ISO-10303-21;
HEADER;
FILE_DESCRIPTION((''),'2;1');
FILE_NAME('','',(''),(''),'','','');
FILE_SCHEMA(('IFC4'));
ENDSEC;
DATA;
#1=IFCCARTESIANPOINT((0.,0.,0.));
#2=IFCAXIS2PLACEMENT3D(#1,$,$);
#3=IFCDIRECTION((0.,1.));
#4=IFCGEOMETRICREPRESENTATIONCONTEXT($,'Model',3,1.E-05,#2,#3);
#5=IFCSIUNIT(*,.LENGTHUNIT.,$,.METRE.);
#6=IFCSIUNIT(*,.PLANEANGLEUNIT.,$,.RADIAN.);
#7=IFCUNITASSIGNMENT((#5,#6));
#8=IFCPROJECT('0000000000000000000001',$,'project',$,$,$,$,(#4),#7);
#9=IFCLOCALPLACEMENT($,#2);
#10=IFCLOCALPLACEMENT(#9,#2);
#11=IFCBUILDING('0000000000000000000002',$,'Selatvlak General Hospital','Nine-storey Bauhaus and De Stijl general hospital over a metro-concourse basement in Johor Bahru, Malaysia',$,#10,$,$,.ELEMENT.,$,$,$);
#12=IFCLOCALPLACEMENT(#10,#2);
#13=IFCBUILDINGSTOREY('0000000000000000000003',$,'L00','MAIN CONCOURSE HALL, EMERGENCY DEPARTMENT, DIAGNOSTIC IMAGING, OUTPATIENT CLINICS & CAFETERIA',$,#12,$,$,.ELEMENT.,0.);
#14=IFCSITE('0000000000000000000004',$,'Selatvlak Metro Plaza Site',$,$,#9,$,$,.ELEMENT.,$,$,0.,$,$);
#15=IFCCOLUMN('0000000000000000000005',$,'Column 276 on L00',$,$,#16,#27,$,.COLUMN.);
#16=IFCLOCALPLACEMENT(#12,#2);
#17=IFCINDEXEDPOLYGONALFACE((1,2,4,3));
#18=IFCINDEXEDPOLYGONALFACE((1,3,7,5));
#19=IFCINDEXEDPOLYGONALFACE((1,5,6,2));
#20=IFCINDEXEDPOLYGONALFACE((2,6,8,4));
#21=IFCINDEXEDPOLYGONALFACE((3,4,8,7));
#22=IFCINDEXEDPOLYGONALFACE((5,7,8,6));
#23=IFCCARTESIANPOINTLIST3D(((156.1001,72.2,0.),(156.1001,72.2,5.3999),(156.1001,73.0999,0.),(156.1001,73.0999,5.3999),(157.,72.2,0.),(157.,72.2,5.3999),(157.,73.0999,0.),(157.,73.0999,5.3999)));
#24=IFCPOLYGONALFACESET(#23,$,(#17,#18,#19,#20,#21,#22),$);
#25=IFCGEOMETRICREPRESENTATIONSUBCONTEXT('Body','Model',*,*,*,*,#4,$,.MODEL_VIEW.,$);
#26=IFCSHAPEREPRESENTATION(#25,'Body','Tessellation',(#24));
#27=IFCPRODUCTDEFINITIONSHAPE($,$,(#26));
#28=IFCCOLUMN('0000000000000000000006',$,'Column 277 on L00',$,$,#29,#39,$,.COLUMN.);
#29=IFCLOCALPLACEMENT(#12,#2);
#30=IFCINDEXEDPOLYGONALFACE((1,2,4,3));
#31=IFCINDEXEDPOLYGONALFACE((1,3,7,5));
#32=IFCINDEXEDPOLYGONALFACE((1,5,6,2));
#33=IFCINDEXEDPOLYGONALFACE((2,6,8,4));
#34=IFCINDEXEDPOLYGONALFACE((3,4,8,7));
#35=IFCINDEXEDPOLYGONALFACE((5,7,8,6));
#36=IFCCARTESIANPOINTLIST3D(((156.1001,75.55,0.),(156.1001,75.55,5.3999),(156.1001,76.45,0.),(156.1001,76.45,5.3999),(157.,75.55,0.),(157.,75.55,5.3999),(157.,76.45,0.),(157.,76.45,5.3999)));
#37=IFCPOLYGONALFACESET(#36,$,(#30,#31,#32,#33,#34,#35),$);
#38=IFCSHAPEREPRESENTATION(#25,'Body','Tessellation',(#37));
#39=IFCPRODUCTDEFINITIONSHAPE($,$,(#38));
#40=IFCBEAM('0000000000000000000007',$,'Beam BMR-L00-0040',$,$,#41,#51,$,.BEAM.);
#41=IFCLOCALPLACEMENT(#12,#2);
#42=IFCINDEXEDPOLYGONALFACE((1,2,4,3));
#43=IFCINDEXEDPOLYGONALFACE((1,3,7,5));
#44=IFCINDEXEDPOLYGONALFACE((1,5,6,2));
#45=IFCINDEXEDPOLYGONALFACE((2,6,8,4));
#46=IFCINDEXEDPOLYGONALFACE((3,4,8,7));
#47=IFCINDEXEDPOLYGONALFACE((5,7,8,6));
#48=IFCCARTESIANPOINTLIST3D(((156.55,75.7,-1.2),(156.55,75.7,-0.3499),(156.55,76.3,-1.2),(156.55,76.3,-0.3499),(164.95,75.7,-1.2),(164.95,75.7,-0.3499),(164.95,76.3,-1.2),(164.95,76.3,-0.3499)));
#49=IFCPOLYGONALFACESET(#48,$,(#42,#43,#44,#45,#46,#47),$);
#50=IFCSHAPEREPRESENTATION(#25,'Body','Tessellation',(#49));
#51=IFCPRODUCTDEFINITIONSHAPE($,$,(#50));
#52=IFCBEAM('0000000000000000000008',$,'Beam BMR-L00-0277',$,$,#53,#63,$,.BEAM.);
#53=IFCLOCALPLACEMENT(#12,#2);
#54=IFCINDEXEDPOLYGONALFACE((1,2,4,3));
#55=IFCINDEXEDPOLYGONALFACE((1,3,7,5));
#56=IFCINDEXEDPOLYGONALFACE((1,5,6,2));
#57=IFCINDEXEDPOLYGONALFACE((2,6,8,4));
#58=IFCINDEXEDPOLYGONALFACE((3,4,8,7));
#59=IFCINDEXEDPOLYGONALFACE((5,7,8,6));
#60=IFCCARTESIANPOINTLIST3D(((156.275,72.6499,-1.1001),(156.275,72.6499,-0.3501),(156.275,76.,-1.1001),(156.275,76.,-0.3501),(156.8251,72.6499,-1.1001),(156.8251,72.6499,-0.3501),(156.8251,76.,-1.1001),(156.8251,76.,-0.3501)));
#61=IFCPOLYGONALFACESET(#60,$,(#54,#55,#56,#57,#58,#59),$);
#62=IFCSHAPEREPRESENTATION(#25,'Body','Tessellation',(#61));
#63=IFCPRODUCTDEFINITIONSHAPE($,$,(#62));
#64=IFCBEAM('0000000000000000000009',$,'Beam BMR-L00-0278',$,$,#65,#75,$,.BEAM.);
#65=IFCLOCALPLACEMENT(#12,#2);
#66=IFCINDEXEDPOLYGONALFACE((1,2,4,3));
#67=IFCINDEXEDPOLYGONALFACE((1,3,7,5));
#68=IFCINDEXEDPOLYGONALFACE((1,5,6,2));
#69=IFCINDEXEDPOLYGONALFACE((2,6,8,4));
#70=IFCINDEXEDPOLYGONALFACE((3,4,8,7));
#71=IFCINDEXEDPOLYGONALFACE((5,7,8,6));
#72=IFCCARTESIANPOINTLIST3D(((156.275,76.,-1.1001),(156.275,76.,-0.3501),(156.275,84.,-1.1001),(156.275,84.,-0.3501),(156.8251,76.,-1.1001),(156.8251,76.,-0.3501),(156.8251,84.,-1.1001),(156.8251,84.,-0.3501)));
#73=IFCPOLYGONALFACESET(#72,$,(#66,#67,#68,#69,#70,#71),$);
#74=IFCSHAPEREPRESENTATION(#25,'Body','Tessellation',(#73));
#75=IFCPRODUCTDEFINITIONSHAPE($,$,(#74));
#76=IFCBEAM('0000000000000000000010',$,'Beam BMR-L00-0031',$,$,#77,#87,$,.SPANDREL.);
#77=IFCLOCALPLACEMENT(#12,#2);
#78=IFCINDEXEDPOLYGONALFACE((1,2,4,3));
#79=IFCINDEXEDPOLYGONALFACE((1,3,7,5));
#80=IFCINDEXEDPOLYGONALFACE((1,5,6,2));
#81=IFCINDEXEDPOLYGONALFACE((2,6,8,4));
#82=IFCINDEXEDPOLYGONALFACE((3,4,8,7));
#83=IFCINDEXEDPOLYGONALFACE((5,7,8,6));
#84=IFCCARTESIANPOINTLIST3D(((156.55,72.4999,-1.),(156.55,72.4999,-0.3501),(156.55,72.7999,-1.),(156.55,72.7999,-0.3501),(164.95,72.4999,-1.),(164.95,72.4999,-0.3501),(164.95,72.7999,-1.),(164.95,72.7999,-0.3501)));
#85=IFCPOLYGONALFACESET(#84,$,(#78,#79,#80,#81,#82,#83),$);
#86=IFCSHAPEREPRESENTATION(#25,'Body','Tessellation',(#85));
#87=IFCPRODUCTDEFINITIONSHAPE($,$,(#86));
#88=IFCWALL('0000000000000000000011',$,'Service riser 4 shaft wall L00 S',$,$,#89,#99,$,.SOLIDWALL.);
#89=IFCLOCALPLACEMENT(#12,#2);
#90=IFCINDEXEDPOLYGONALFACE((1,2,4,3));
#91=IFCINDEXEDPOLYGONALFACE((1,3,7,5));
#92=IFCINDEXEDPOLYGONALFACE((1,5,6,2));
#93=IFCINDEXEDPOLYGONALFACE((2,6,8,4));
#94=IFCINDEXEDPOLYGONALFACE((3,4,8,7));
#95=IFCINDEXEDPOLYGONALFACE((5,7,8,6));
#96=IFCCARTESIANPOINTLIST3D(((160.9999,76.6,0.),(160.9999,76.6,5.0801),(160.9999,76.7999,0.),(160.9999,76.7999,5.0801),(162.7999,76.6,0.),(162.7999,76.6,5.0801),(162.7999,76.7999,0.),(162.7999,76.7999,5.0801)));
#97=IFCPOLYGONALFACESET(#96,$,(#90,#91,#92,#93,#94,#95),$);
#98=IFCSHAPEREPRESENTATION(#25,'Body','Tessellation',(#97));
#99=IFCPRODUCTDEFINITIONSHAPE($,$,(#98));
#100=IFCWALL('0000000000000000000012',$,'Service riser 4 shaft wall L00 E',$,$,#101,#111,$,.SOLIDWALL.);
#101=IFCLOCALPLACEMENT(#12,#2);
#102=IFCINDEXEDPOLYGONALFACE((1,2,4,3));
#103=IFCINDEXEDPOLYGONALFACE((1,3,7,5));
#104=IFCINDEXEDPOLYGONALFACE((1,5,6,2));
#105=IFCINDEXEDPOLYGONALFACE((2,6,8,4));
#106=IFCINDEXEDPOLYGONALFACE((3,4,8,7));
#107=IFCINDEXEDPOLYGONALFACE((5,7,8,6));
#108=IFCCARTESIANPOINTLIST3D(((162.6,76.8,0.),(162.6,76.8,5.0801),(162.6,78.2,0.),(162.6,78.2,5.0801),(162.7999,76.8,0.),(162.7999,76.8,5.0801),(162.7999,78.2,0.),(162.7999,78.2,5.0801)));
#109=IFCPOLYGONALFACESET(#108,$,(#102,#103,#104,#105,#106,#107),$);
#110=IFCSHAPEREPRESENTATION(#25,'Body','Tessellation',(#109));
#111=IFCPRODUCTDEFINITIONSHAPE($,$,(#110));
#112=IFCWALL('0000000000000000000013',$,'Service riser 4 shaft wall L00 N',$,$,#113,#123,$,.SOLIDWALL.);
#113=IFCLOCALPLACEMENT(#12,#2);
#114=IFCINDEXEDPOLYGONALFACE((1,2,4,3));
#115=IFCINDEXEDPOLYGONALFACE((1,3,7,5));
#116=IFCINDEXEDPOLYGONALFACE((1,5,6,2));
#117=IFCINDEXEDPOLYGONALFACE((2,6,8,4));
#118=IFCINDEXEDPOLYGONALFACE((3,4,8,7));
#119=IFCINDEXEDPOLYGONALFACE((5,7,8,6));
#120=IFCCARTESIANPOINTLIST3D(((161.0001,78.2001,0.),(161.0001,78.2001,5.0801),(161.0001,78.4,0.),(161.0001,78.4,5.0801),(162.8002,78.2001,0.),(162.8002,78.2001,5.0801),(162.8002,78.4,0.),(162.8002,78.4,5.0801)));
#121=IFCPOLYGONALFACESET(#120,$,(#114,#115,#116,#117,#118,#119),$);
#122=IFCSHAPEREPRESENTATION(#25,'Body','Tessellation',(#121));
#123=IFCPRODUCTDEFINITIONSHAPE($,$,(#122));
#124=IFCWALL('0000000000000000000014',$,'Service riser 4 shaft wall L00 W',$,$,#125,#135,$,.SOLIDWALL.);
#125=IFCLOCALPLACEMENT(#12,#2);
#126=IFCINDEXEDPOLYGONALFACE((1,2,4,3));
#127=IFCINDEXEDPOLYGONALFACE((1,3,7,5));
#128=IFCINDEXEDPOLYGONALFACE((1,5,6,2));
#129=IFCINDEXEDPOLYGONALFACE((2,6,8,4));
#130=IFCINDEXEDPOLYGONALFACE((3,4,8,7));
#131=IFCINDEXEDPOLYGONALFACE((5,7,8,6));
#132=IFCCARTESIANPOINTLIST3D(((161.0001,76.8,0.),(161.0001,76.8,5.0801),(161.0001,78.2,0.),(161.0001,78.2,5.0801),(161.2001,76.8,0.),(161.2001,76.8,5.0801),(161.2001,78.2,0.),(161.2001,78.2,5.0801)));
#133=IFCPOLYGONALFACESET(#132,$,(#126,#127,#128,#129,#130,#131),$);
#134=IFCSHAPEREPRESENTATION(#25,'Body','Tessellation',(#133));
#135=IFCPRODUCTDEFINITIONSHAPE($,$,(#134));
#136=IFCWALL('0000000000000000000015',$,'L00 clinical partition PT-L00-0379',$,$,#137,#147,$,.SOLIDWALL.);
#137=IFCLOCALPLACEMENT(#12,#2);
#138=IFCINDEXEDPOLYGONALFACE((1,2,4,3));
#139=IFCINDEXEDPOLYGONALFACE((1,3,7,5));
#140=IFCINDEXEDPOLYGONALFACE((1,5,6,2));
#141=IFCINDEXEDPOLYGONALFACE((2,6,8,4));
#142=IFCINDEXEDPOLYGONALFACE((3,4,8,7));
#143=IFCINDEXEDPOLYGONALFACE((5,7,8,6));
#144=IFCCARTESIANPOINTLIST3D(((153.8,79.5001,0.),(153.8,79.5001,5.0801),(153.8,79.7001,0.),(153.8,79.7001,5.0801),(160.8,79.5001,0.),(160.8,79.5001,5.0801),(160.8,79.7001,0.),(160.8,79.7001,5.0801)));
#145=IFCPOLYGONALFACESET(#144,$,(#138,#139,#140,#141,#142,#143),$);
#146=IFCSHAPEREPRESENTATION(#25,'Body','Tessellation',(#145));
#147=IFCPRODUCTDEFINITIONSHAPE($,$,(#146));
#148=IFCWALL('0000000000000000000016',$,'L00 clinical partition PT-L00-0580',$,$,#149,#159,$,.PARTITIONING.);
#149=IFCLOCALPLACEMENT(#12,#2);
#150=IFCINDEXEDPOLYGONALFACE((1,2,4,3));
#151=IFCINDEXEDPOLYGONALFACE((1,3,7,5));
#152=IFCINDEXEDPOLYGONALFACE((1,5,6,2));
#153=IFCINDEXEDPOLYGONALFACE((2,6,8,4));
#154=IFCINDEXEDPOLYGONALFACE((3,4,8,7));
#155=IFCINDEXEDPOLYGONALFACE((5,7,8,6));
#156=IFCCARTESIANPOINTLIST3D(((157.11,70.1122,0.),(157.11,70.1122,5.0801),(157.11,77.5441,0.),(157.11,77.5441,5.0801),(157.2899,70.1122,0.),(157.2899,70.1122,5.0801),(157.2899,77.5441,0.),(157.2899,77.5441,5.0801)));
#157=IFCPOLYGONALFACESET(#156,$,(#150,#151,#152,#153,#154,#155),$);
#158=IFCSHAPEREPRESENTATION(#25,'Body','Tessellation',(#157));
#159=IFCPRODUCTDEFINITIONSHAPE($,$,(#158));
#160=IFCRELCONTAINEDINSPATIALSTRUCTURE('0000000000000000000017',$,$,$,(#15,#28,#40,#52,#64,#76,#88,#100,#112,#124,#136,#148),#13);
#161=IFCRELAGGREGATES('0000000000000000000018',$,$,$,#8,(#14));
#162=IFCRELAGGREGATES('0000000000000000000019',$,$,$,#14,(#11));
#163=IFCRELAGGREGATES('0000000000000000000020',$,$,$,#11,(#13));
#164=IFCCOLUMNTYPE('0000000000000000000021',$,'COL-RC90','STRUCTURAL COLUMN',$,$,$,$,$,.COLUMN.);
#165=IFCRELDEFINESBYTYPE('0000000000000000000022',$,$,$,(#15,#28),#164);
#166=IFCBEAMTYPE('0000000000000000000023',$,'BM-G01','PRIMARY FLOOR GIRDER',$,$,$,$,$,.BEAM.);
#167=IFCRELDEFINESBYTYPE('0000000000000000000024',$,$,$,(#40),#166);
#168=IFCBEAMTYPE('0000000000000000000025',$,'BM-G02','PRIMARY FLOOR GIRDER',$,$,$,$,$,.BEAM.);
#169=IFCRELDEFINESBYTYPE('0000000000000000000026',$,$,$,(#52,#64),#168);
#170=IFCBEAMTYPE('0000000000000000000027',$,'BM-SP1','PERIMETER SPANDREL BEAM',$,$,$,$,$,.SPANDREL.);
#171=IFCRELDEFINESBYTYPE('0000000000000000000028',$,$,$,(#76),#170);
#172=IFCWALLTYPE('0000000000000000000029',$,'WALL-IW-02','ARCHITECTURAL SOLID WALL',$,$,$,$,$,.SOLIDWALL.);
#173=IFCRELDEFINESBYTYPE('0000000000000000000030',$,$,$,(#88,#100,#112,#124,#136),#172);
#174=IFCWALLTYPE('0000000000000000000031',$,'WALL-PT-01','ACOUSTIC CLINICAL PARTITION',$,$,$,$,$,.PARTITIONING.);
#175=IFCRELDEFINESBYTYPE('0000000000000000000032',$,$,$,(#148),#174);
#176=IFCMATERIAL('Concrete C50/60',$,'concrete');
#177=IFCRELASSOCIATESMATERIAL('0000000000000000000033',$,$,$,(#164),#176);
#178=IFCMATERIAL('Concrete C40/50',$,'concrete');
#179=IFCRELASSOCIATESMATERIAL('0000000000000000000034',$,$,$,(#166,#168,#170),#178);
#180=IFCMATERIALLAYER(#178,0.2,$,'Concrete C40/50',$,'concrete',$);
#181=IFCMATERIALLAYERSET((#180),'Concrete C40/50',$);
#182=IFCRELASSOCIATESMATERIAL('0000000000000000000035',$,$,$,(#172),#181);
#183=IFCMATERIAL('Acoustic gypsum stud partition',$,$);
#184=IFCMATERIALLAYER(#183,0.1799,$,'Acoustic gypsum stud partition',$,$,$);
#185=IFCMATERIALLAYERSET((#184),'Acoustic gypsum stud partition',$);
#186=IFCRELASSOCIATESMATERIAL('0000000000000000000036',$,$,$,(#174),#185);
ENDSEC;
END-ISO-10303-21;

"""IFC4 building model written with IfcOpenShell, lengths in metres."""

from ifc_helpers import new_model, si_unit, direction, frame, frame_2d, origin, origin_2d, place, context, subcontext, project, spatial, rectangle, extrude, material, layer, layer_set, material_profile, profile_set, type_object, element, save


model = new_model("IFC4")

# Units and contexts
model_context = context("Model", 3, precision=1e-05, world=origin(), true_north=direction((0.0, 1.0)))
body_context = subcontext(model_context, "Body", "Model", "MODEL_VIEW")
ifc_project = project(units=[si_unit("LENGTHUNIT", "METRE"), si_unit("PLANEANGLEUNIT", "RADIAN")], contexts=[model_context])

# Site, building, storey
site_placement = place(None, origin())
site = spatial("IfcSite", under=ifc_project, at=site_placement, Name="Selatvlak Metro Plaza Site", CompositionType="ELEMENT", RefElevation=0.0)
building_placement = place(site_placement, origin())
building = spatial("IfcBuilding", under=site, at=building_placement, Name="Selatvlak General Hospital", Description="Nine-storey Bauhaus and De Stijl general hospital over a metro-concourse basement in Johor Bahru, Malaysia", CompositionType="ELEMENT")
storey_placement = place(building_placement, origin())
storey = spatial("IfcBuildingStorey", under=building, at=storey_placement, Name="L00", Description="MAIN CONCOURSE HALL, EMERGENCY DEPARTMENT, DIAGNOSTIC IMAGING, OUTPATIENT CLINICS & CAFETERIA", CompositionType="ELEMENT", Elevation=0.0)

# Columns
ifc_material_1 = material(Name="Concrete C50/60", Category="concrete")
ifc_material_profile_1 = material_profile(ifc_material_1, rectangle(XDim=0.8999, YDim=0.8999, at=origin_2d()), Name="RC-COL 900x900")
ifc_profile_set_1 = profile_set([ifc_material_profile_1], Name="Concrete C50/60")
column_type = type_object("IfcColumnType", Name="COL-RC90", Description="STRUCTURAL COLUMN", PredefinedType="COLUMN", material=ifc_profile_set_1)
for number, where, z_axis, x_axis, name in (
    (1, (156.55, 72.6499, 0.0), (0.0, 0.0, 1.0), (1.0, 0.0, 0.0), "Column 276 on L00"),
    (2, (156.55, 76.0, 0.0), (0.0, 0.0, 1.0), (1.0, 0.0, 0.0), "Column 277 on L00"),
):
    element("IfcColumn", number, at=place(storey_placement, frame(where, z_axis=z_axis, x_axis=x_axis)), inside=storey, type_object=column_type, Name=name, PredefinedType="COLUMN", context=body_context, shape_type="SweptSolid", body=[
        extrude(rectangle(XDim=0.8999, YDim=0.8999, at=origin_2d()), origin(), (0.0, 0.0, 1.0), 5.3999),
    ])

# Beams
ifc_material_2 = material(Name="Concrete C40/50", Category="concrete")
ifc_material_profile_2 = material_profile(ifc_material_2, rectangle(XDim=0.6001, YDim=0.8501, at=origin_2d()), Name="RC-BM 600x850")
ifc_profile_set_2 = profile_set([ifc_material_profile_2], Name="Concrete C40/50")
beam_type_1 = type_object("IfcBeamType", Name="BM-G01", Description="PRIMARY FLOOR GIRDER", PredefinedType="BEAM", material=ifc_profile_set_2)
beam_1_placement = place(storey_placement, frame((156.55, 76.0, -0.7749), z_axis=(1.0, 0.0, 0.0), x_axis=(0.0, 1.0, 0.0)))
element("IfcBeam", 3, at=beam_1_placement, inside=storey, type_object=beam_type_1, Name="Beam BMR-L00-0040", PredefinedType="BEAM", context=body_context, shape_type="SweptSolid", body=[
    extrude(rectangle(XDim=0.6001, YDim=0.8501, at=origin_2d()), origin(), (0.0, 0.0, 1.0), 8.3999),
])
ifc_material_profile_3 = material_profile(ifc_material_2, rectangle(XDim=0.55, YDim=0.75, at=origin_2d()), Name="RC-BM 550x750")
ifc_profile_set_3 = profile_set([ifc_material_profile_3], Name="Concrete C40/50")
beam_type_2 = type_object("IfcBeamType", Name="BM-G02", Description="PRIMARY FLOOR GIRDER", PredefinedType="BEAM", material=ifc_profile_set_3)
beam_2_placement = place(storey_placement, frame((156.55, 72.6499, -0.7251), z_axis=(0.0, 1.0, 0.0), x_axis=(-1.0, 0.0, 0.0)))
element("IfcBeam", 4, at=beam_2_placement, inside=storey, type_object=beam_type_2, Name="Beam BMR-L00-0277", PredefinedType="BEAM", context=body_context, shape_type="SweptSolid", body=[
    extrude(rectangle(XDim=0.55, YDim=0.75, at=origin_2d()), origin(), (0.0, 0.0, 1.0), 3.3501),
])
beam_3_placement = place(storey_placement, frame((156.55, 76.0, -0.7251), z_axis=(0.0, 1.0, 0.0), x_axis=(-1.0, 0.0, 0.0)))
element("IfcBeam", 5, at=beam_3_placement, inside=storey, type_object=beam_type_2, Name="Beam BMR-L00-0278", PredefinedType="BEAM", context=body_context, shape_type="SweptSolid", body=[
    extrude(rectangle(XDim=0.55, YDim=0.75, at=origin_2d()), origin(), (0.0, 0.0, 1.0), 8.0),
])
ifc_material_profile_4 = material_profile(ifc_material_2, rectangle(XDim=0.3, YDim=0.6499, at=origin_2d()), Name="RC-SP 300x650")
ifc_profile_set_4 = profile_set([ifc_material_profile_4], Name="Concrete C40/50")
beam_type_3 = type_object("IfcBeamType", Name="BM-SP1", Description="PERIMETER SPANDREL BEAM", PredefinedType="SPANDREL", material=ifc_profile_set_4)
beam_4_placement = place(storey_placement, frame((156.55, 72.6499, -0.675), z_axis=(1.0, 0.0, 0.0), x_axis=(0.0, 1.0, 0.0)))
element("IfcBeam", 6, at=beam_4_placement, inside=storey, type_object=beam_type_3, Name="Beam BMR-L00-0031", PredefinedType="SPANDREL", context=body_context, shape_type="SweptSolid", body=[
    extrude(rectangle(XDim=0.3, YDim=0.6499, at=origin_2d()), origin(), (0.0, 0.0, 1.0), 8.3999),
])

# Walls
ifc_layer_1 = layer(ifc_material_2, 0.2, Name="Concrete C40/50", Category="concrete")
ifc_layer_set_1 = layer_set([ifc_layer_1], Name="Concrete C40/50")
wall_type_1 = type_object("IfcWallType", Name="WALL-IW-02", Description="ARCHITECTURAL SOLID WALL", PredefinedType="SOLIDWALL", material=ifc_layer_set_1)
wall_1_placement = place(storey_placement, frame((161.0, 76.7, 0.0), z_axis=(0.0, 0.0, 1.0), x_axis=(1.0, 0.0, 0.0)))
element("IfcWall", 7, at=wall_1_placement, inside=storey, type_object=wall_type_1, Name="Service riser 4 shaft wall L00 S", PredefinedType="SOLIDWALL", context=body_context, shape_type="SweptSolid", body=[
    extrude(rectangle(XDim=1.8, YDim=0.2, at=frame_2d((0.8999, 0.0))), origin(), (0.0, 0.0, 1.0), 5.0801),
])
wall_2_placement = place(storey_placement, frame((162.7, 76.8, 0.0), z_axis=(0.0, 0.0, 1.0), x_axis=(0.0, 1.0, 0.0)))
element("IfcWall", 8, at=wall_2_placement, inside=storey, type_object=wall_type_1, Name="Service riser 4 shaft wall L00 E", PredefinedType="SOLIDWALL", context=body_context, shape_type="SweptSolid", body=[
    extrude(rectangle(XDim=1.3999, YDim=0.2, at=frame_2d((0.7, 0.0))), origin(), (0.0, 0.0, 1.0), 5.0801),
])
wall_3_placement = place(storey_placement, frame((162.8, 78.3, 0.0), z_axis=(0.0, 0.0, 1.0), x_axis=(-1.0, 0.0, 0.0)))
element("IfcWall", 9, at=wall_3_placement, inside=storey, type_object=wall_type_1, Name="Service riser 4 shaft wall L00 N", PredefinedType="SOLIDWALL", context=body_context, shape_type="SweptSolid", body=[
    extrude(rectangle(XDim=1.8, YDim=0.2, at=frame_2d((0.8999, 0.0))), origin(), (0.0, 0.0, 1.0), 5.0801),
])
wall_4_placement = place(storey_placement, frame((161.1001, 78.2, 0.0), z_axis=(0.0, 0.0, 1.0), x_axis=(0.0, -1.0, 0.0)))
element("IfcWall", 10, at=wall_4_placement, inside=storey, type_object=wall_type_1, Name="Service riser 4 shaft wall L00 W", PredefinedType="SOLIDWALL", context=body_context, shape_type="SweptSolid", body=[
    extrude(rectangle(XDim=1.3999, YDim=0.2, at=frame_2d((0.7, 0.0))), origin(), (0.0, 0.0, 1.0), 5.0801),
])
wall_5_placement = place(storey_placement, frame((160.8, 79.6001, 0.0), z_axis=(0.0, 0.0, 1.0), x_axis=(-1.0, 0.0, 0.0)))
element("IfcWall", 11, at=wall_5_placement, inside=storey, type_object=wall_type_1, Name="L00 clinical partition PT-L00-0379", PredefinedType="SOLIDWALL", context=body_context, shape_type="SweptSolid", body=[
    extrude(rectangle(XDim=7.0, YDim=0.2, at=frame_2d((3.5, 0.0))), origin(), (0.0, 0.0, 1.0), 5.0801),
])

# Wall
ifc_material_3 = material(Name="Acoustic gypsum stud partition")
ifc_layer_2 = layer(ifc_material_3, 0.1799, Name="Acoustic gypsum stud partition")
ifc_layer_set_2 = layer_set([ifc_layer_2], Name="Acoustic gypsum stud partition")
wall_type_2 = type_object("IfcWallType", Name="WALL-PT-01", Description="ACOUSTIC CLINICAL PARTITION", PredefinedType="PARTITIONING", material=ifc_layer_set_2)
wall_6_placement = place(storey_placement, frame((157.2, 77.5439, 0.0), z_axis=(0.0, 0.0, 1.0), x_axis=(0.0, -1.0, 0.0)))
element("IfcWall", 12, at=wall_6_placement, inside=storey, type_object=wall_type_2, Name="L00 clinical partition PT-L00-0580", PredefinedType="PARTITIONING", context=body_context, shape_type="SweptSolid", body=[
    extrude(rectangle(XDim=7.4319, YDim=0.1799, at=frame_2d((3.7158, 0.0))), origin(), (0.0, 0.0, 1.0), 5.0801),
])

save(model, "model.ifc")
